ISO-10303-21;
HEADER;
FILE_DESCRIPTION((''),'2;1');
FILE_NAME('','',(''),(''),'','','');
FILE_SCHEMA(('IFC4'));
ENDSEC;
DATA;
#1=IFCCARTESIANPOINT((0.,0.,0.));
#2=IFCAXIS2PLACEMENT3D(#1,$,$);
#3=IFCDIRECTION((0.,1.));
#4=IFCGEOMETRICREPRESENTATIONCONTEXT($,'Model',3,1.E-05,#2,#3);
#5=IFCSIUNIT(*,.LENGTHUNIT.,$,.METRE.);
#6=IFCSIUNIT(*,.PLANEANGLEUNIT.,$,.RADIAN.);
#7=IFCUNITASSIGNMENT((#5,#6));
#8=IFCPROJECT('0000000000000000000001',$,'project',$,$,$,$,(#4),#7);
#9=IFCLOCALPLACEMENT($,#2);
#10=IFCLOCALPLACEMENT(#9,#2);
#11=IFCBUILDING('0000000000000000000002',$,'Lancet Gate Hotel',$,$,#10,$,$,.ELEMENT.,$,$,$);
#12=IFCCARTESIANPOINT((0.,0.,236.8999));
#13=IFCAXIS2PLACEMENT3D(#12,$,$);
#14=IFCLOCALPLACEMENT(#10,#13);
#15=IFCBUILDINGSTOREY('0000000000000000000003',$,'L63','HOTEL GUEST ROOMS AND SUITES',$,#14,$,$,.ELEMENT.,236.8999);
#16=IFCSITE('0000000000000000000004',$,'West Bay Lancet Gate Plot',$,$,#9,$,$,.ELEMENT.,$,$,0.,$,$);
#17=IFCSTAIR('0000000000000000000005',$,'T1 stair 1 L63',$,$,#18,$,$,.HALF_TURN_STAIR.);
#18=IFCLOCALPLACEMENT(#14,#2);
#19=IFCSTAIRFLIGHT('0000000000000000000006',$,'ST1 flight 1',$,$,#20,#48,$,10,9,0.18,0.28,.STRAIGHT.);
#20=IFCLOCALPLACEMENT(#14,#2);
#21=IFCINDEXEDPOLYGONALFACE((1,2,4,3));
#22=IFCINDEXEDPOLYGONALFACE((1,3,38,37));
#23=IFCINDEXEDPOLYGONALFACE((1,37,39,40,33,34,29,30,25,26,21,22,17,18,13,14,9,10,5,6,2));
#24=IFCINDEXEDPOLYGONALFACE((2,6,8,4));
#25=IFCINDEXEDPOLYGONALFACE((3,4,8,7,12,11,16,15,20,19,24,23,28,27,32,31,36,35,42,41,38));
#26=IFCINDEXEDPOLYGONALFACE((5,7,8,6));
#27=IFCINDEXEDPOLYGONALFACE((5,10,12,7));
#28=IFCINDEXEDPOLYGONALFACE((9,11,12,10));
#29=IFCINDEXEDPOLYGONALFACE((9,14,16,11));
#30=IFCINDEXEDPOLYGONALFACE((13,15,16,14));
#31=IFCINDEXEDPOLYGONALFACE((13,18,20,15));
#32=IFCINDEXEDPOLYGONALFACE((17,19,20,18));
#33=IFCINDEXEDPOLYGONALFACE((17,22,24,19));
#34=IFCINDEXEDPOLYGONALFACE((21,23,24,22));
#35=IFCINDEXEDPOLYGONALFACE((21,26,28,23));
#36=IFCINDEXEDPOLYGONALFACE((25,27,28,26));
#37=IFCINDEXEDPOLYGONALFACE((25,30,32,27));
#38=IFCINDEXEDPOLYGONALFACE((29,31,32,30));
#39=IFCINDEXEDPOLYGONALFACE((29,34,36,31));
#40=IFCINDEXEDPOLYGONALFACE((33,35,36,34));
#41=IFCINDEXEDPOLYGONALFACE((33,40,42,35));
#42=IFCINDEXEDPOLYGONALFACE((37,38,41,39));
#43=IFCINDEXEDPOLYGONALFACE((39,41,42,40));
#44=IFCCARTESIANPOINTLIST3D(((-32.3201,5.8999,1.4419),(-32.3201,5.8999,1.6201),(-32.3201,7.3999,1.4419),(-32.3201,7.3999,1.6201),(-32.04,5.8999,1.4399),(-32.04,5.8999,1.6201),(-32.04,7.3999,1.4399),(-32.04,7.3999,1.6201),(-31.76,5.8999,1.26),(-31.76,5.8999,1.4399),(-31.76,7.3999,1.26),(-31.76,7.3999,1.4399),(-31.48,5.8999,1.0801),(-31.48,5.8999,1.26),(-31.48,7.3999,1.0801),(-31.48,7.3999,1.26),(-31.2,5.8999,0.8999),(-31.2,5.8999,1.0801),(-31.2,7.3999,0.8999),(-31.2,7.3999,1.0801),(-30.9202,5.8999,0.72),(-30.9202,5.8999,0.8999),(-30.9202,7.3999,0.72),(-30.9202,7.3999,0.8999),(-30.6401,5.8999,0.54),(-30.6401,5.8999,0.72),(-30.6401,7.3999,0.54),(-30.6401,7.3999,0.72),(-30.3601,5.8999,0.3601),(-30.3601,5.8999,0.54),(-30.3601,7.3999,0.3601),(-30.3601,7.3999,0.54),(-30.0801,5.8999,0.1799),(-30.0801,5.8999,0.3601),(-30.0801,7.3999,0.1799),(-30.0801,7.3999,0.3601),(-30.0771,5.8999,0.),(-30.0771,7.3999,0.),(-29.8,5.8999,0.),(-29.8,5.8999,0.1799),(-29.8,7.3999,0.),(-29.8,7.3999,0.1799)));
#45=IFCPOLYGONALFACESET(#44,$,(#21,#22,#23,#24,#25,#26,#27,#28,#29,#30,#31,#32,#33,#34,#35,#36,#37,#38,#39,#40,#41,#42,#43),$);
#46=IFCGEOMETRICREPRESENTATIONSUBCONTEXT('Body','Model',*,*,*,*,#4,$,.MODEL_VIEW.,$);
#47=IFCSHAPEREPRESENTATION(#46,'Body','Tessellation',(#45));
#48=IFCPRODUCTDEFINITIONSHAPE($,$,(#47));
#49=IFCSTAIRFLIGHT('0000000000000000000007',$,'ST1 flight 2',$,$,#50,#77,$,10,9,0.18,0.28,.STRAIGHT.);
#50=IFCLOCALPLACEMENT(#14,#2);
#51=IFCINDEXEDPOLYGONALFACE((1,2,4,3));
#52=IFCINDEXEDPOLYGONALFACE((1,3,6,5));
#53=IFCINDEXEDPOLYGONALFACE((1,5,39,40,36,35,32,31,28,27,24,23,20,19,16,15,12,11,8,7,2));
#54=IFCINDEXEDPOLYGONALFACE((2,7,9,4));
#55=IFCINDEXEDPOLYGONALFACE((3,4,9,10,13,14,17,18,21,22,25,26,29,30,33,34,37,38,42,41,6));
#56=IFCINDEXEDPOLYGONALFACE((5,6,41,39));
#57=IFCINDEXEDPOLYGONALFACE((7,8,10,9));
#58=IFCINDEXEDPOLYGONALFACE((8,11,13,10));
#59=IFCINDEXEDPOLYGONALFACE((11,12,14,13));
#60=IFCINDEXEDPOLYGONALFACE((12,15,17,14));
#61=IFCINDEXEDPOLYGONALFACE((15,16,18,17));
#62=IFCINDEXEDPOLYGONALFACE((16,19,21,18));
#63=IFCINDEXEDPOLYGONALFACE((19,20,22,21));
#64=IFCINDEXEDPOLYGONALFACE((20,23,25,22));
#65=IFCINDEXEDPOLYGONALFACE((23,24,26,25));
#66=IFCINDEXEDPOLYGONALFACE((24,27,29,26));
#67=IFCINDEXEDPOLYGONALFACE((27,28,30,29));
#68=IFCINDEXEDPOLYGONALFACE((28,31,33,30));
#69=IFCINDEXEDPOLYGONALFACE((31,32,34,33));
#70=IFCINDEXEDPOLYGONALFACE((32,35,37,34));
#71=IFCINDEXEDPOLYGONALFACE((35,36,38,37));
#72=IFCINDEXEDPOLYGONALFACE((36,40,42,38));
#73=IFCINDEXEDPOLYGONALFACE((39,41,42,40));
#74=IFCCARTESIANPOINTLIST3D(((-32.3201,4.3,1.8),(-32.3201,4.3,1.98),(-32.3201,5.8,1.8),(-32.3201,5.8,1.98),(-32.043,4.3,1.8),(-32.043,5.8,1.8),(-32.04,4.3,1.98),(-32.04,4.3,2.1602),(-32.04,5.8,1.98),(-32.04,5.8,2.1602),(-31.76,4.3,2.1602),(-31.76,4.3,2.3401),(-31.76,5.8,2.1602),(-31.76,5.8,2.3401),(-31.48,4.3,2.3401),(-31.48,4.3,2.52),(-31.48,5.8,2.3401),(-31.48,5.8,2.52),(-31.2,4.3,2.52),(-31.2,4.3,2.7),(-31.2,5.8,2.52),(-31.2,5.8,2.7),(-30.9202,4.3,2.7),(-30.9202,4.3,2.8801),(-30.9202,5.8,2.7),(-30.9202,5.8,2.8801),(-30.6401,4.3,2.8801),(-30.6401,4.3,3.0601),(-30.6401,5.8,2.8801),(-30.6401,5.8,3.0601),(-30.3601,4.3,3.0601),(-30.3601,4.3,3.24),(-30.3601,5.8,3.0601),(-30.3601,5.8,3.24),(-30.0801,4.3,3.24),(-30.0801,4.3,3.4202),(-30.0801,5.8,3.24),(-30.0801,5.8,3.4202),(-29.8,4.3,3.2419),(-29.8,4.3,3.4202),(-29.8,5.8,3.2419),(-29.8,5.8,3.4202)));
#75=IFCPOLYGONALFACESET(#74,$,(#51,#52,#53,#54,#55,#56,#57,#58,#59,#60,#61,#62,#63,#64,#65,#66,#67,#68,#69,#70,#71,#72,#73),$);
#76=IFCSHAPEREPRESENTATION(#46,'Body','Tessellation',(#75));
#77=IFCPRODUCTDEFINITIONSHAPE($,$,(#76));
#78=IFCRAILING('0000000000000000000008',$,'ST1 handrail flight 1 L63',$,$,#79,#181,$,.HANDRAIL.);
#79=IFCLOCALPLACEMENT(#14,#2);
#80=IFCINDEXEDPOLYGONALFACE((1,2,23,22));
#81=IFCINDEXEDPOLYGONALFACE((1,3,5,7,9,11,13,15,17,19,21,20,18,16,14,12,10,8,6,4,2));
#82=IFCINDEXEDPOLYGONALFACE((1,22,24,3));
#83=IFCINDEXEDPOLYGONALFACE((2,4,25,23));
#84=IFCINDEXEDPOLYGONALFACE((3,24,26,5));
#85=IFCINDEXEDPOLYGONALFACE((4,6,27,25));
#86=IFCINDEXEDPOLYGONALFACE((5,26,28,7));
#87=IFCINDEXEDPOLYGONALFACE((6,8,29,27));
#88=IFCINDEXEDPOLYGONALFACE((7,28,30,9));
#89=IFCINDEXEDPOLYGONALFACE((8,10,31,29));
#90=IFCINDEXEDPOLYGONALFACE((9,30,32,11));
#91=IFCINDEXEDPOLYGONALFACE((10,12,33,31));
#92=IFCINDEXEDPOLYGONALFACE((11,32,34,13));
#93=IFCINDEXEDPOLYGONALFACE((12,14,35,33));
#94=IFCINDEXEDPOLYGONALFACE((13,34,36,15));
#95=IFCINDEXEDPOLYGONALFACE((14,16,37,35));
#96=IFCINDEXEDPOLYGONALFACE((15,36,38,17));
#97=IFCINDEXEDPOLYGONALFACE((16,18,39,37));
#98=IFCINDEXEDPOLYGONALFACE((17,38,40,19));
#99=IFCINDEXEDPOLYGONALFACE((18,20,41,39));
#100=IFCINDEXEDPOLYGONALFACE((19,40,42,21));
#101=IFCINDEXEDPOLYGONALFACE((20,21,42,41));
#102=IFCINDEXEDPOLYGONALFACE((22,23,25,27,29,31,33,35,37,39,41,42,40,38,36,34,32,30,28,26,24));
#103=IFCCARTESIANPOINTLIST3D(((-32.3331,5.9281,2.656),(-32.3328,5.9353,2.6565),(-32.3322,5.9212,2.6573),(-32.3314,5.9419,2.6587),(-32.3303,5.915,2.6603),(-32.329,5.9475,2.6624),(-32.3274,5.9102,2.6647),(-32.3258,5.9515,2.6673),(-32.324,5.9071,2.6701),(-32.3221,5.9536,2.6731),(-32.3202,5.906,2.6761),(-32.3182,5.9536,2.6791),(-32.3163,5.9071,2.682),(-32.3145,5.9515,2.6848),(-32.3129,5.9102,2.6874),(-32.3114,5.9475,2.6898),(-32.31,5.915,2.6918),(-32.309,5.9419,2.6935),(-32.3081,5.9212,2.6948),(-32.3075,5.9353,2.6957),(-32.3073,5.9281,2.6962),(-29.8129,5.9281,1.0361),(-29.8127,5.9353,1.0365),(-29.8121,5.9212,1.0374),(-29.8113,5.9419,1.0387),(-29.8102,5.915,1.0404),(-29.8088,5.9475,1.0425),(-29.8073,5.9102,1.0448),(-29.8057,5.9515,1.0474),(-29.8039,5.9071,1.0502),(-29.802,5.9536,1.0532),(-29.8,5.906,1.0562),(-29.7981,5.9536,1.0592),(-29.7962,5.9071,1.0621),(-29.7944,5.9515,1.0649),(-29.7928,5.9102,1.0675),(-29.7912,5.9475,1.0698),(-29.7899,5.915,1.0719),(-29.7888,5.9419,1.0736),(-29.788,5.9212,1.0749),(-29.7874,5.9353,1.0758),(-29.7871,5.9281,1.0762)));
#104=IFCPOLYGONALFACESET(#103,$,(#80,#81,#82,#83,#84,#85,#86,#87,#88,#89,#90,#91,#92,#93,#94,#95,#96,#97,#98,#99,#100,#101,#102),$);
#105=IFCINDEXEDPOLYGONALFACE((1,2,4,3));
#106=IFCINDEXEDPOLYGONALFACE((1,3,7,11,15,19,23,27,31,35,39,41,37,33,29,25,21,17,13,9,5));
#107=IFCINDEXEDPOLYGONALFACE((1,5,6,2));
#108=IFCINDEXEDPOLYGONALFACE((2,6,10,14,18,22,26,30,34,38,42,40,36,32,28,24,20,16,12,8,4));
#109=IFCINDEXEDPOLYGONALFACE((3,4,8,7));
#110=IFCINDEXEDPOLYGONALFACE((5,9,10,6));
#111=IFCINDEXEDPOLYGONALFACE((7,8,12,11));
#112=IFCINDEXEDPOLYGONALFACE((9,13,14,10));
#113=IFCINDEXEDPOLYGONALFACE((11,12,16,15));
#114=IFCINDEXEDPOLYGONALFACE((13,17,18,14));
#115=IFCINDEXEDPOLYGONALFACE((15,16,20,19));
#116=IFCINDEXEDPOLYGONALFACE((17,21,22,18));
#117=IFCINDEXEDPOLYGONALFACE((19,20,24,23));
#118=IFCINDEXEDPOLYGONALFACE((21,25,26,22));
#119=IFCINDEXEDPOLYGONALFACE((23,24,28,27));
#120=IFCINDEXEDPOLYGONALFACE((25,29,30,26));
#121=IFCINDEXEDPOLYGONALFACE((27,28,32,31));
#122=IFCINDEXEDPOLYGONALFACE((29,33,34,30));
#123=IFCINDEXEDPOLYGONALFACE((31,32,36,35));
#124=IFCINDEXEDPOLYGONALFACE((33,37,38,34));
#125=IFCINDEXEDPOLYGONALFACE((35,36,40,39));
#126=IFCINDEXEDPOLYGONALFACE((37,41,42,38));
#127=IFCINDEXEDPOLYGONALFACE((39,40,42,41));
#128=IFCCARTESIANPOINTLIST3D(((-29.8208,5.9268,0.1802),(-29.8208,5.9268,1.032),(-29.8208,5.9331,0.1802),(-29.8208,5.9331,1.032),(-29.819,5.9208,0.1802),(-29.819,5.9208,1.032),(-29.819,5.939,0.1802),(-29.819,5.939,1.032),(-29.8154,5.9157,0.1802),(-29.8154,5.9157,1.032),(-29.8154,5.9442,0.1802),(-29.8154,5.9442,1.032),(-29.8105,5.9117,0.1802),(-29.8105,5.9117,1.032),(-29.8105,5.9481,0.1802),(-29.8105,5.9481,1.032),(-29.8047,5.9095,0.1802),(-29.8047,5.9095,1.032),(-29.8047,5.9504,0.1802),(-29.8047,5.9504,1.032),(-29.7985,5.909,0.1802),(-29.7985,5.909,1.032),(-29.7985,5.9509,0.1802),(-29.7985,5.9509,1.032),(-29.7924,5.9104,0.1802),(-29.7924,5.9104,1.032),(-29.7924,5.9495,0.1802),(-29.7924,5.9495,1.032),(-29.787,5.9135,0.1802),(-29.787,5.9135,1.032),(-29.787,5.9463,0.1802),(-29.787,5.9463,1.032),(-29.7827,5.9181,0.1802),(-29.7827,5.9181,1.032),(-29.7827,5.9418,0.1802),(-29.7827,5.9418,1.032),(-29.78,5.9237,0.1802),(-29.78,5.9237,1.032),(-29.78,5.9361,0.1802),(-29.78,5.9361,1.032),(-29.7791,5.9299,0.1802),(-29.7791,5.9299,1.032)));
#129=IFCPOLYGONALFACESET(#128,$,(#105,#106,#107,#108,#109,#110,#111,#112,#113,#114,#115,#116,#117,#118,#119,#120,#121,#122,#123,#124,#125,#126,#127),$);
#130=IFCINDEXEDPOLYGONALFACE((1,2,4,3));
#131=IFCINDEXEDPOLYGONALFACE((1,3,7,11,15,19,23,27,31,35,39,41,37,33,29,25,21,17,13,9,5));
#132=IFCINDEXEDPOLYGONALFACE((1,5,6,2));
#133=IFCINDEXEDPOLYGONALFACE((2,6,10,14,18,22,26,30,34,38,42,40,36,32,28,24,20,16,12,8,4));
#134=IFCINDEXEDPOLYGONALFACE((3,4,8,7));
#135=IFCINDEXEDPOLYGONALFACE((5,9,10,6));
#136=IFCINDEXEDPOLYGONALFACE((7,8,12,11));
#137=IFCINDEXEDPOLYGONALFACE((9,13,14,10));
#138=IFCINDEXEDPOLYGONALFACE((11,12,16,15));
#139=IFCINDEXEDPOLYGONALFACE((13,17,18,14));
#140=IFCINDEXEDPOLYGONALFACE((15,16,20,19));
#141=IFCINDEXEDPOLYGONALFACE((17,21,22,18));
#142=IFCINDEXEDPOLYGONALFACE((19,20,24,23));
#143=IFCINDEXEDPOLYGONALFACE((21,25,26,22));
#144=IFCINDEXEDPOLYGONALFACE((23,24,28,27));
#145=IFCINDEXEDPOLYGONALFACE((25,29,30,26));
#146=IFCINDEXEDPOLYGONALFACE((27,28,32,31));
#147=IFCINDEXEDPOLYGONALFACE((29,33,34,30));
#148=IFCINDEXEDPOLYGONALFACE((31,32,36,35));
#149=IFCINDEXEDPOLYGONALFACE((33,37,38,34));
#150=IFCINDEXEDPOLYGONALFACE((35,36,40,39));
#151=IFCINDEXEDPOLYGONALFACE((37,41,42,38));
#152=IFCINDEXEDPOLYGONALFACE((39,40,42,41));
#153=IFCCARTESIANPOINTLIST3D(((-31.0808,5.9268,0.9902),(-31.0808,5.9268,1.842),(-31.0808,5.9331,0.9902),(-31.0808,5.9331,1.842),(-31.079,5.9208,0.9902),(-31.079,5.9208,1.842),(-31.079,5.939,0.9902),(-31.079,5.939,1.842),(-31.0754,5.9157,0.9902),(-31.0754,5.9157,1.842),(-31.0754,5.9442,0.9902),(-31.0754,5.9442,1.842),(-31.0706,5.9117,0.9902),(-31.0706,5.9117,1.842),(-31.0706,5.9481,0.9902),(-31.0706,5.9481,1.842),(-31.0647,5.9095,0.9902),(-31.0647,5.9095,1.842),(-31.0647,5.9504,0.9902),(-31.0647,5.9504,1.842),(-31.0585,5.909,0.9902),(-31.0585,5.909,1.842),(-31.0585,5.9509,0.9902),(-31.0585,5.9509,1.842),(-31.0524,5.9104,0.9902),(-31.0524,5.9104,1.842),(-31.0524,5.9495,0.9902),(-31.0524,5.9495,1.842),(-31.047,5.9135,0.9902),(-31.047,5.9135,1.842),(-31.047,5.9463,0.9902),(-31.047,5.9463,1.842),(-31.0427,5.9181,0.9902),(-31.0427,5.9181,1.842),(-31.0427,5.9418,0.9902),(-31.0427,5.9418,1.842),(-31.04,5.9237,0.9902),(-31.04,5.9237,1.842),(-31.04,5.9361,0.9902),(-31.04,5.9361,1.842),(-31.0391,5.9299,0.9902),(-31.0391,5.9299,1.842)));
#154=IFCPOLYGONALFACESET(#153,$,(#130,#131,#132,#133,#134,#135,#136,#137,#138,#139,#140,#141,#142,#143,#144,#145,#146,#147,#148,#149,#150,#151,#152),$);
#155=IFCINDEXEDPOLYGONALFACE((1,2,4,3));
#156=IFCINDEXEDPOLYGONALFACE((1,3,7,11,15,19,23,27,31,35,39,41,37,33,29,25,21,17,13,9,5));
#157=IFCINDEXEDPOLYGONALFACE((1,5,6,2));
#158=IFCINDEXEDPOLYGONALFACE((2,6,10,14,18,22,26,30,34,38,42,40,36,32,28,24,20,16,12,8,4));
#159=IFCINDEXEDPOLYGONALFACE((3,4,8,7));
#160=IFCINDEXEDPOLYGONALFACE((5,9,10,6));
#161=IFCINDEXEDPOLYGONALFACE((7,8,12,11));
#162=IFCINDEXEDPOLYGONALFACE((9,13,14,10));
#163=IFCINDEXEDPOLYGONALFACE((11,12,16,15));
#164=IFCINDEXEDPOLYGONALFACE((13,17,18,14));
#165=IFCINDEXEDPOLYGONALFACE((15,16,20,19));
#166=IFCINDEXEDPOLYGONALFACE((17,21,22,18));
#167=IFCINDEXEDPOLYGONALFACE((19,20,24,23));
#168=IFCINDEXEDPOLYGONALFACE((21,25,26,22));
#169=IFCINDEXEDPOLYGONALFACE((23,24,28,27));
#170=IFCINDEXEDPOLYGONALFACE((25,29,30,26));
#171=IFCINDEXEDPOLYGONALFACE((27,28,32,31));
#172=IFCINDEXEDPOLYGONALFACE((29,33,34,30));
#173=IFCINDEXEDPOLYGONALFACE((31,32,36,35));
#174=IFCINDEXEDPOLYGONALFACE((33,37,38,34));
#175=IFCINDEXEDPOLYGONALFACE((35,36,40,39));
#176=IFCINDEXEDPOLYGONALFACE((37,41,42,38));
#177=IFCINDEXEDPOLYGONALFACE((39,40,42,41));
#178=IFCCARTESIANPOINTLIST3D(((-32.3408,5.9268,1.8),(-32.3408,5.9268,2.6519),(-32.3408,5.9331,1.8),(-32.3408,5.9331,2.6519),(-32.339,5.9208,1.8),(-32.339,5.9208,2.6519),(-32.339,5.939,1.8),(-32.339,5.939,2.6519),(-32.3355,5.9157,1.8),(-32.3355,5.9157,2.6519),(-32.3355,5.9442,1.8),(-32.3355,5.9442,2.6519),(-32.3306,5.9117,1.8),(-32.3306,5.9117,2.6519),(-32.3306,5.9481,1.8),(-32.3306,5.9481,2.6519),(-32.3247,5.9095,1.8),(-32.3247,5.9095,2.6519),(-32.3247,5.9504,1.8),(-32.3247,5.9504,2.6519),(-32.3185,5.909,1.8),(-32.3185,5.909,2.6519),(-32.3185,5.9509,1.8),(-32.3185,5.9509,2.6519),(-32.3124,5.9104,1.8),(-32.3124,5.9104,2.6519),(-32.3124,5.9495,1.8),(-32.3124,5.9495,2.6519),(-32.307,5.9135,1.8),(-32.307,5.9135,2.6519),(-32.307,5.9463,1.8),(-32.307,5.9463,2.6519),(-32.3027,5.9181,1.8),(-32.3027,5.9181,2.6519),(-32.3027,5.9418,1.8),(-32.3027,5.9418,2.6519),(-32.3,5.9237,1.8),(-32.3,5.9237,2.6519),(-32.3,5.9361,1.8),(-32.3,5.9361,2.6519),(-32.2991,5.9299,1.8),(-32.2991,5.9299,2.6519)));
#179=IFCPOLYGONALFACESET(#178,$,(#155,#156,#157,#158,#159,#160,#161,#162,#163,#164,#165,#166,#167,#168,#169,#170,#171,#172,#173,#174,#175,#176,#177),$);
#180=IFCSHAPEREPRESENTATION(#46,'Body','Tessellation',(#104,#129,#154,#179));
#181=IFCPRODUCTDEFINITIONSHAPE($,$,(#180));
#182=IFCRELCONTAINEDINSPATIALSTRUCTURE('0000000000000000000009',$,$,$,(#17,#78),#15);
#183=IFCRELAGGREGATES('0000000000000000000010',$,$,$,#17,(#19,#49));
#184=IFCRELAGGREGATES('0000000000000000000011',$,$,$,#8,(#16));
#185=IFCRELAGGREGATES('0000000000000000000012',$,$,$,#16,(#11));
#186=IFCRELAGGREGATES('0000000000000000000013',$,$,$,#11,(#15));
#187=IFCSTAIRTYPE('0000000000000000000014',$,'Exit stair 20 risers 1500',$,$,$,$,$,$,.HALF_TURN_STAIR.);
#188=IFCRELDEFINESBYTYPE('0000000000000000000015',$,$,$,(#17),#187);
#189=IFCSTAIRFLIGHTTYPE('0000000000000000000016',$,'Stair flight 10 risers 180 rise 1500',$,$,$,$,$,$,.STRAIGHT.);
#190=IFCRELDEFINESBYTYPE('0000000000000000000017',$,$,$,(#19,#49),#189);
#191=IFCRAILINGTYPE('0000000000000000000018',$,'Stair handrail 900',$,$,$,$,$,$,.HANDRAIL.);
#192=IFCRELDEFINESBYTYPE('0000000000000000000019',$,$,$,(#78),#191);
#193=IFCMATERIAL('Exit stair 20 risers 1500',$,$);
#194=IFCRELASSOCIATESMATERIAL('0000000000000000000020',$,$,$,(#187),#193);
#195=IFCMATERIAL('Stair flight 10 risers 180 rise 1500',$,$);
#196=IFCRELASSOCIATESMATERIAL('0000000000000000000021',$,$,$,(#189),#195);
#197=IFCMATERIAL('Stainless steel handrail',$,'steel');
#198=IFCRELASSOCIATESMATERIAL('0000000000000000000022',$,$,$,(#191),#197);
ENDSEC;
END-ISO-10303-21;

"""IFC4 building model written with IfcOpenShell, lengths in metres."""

from ifc_helpers import new_model, si_unit, direction, frame, origin, origin_2d, place, context, subcontext, project, spatial, polyline, circle, outline, extrude, material, type_object, element, aggregate, save


model = new_model("IFC4")

# Units and contexts
model_context = context("Model", 3, precision=1e-05, world=origin(), true_north=direction((0.0, 1.0)))
body_context = subcontext(model_context, "Body", "Model", "MODEL_VIEW")
ifc_project = project(units=[si_unit("LENGTHUNIT", "METRE"), si_unit("PLANEANGLEUNIT", "RADIAN")], contexts=[model_context])

# Site, building, storey
site_placement = place(None, origin())
site = spatial("IfcSite", under=ifc_project, at=site_placement, Name="West Bay Lancet Gate Plot", CompositionType="ELEMENT", RefElevation=0.0)
building_placement = place(site_placement, origin())
building = spatial("IfcBuilding", under=site, at=building_placement, Name="Lancet Gate Hotel", CompositionType="ELEMENT")
storey_placement = place(building_placement, frame((0.0, 0.0, 236.8999)))
storey = spatial("IfcBuildingStorey", under=building, at=storey_placement, Name="L63", Description="HOTEL GUEST ROOMS AND SUITES", CompositionType="ELEMENT", Elevation=236.8999)

# Stair, stair flights
ifc_material_1 = material(Name="Exit stair 20 risers 1500")
stair_type = type_object("IfcStairType", Name="Exit stair 20 risers 1500", PredefinedType="HALF_TURN_STAIR", material=ifc_material_1)
stair_placement = place(storey_placement, origin())
stair = element("IfcStair", 1, at=stair_placement, inside=storey, type_object=stair_type, Name="T1 stair 1 L63", PredefinedType="HALF_TURN_STAIR")
ifc_material_2 = material(Name="Stair flight 10 risers 180 rise 1500")
stair_flight_type = type_object("IfcStairFlightType", Name="Stair flight 10 risers 180 rise 1500", PredefinedType="STRAIGHT", material=ifc_material_2)
stair_flight_1_placement = place(storey_placement, frame((-29.8, 6.6499, 0.0), z_axis=(0.0, 0.0, 1.0), x_axis=(-1.0, 0.0, 0.0)))
stair_flight_1 = element("IfcStairFlight", 2, at=stair_flight_1_placement, type_object=stair_flight_type, Name="ST1 flight 1", NumberOfRisers=10, NumberOfTreads=9, PredefinedType="STRAIGHT", RiserHeight=0.18, TreadLength=0.28, context=body_context, shape_type="SweptSolid", body=[
    extrude(outline(polyline([(0.0, 0.0), (0.0, 0.1799), (0.28, 0.1799), (0.28, 0.3601), (0.5601, 0.3601), (0.5601, 0.54), (0.8401, 0.54), (0.8401, 0.72), (1.1201, 0.72), (1.1201, 0.8999), (1.3999, 0.8999), (1.3999, 1.0801), (1.6799, 1.0801), (1.6799, 1.26), (1.96, 1.26), (1.96, 1.4399), (2.24, 1.4399), (2.24, 1.6201), (2.52, 1.6201), (2.52, 1.8), (2.52, 1.4419), (0.2771, 0.0), (0.0, 0.0)])), frame((0.0, 0.75, 0.0), z_axis=(0.0, -1.0, 0.0), x_axis=(1.0, 0.0, 0.0)), (0.0, 0.0, 1.0), 1.5),
])
stair_flight_2_placement = place(storey_placement, frame((-32.3201, 5.05, 1.8), z_axis=(0.0, 0.0, 1.0), x_axis=(1.0, 0.0, 0.0)))
stair_flight_2 = element("IfcStairFlight", 3, at=stair_flight_2_placement, type_object=stair_flight_type, Name="ST1 flight 2", NumberOfRisers=10, NumberOfTreads=9, PredefinedType="STRAIGHT", RiserHeight=0.18, TreadLength=0.28, context=body_context, shape_type="SweptSolid", body=[
    extrude(outline(polyline([(0.0, 0.0), (0.0, 0.1799), (0.28, 0.1799), (0.28, 0.3601), (0.5601, 0.3601), (0.5601, 0.54), (0.8401, 0.54), (0.8401, 0.72), (1.1201, 0.72), (1.1201, 0.8999), (1.3999, 0.8999), (1.3999, 1.0801), (1.6799, 1.0801), (1.6799, 1.26), (1.96, 1.26), (1.96, 1.4399), (2.24, 1.4399), (2.24, 1.6201), (2.52, 1.6201), (2.52, 1.8), (2.52, 1.4419), (0.2771, 0.0), (0.0, 0.0)])), frame((0.0, 0.75, 0.0), z_axis=(0.0, -1.0, 0.0), x_axis=(1.0, 0.0, 0.0)), (0.0, 0.0, 1.0), 1.5),
])
aggregate(stair, [stair_flight_1, stair_flight_2])

# Railing
ifc_material_3 = material(Name="Stainless steel handrail", Category="steel")
railing_type = type_object("IfcRailingType", Name="Stair handrail 900", PredefinedType="HANDRAIL", material=ifc_material_3)
railing_1_placement = place(storey_placement, frame((-29.8, 5.9299, 0.1802)))
element("IfcRailing", 4, at=railing_1_placement, inside=storey, type_object=railing_type, Name="ST1 handrail flight 1 L63", PredefinedType="HANDRAIL", context=body_context, shape_type="SweptSolid", body=[
    extrude(circle(Radius=0.0239, at=origin_2d()), frame((0.0, 0.0, 0.876), z_axis=(-0.8412, 0.0, 0.540725), x_axis=(0.0, -1.0, 0.0)), (0.0, 0.0, 1.0), 2.9958),
    extrude(circle(Radius=0.021, at=origin_2d()), origin(), (0.0, 0.0, 1.0), 0.8518),
    extrude(circle(Radius=0.021, at=origin_2d()), frame((-1.26, 0.0, 0.8101)), (0.0, 0.0, 1.0), 0.8518),
    extrude(circle(Radius=0.021, at=origin_2d()), frame((-2.52, 0.0, 1.6199)), (0.0, 0.0, 1.0), 0.8518),
])

save(model, "model.ifc")
